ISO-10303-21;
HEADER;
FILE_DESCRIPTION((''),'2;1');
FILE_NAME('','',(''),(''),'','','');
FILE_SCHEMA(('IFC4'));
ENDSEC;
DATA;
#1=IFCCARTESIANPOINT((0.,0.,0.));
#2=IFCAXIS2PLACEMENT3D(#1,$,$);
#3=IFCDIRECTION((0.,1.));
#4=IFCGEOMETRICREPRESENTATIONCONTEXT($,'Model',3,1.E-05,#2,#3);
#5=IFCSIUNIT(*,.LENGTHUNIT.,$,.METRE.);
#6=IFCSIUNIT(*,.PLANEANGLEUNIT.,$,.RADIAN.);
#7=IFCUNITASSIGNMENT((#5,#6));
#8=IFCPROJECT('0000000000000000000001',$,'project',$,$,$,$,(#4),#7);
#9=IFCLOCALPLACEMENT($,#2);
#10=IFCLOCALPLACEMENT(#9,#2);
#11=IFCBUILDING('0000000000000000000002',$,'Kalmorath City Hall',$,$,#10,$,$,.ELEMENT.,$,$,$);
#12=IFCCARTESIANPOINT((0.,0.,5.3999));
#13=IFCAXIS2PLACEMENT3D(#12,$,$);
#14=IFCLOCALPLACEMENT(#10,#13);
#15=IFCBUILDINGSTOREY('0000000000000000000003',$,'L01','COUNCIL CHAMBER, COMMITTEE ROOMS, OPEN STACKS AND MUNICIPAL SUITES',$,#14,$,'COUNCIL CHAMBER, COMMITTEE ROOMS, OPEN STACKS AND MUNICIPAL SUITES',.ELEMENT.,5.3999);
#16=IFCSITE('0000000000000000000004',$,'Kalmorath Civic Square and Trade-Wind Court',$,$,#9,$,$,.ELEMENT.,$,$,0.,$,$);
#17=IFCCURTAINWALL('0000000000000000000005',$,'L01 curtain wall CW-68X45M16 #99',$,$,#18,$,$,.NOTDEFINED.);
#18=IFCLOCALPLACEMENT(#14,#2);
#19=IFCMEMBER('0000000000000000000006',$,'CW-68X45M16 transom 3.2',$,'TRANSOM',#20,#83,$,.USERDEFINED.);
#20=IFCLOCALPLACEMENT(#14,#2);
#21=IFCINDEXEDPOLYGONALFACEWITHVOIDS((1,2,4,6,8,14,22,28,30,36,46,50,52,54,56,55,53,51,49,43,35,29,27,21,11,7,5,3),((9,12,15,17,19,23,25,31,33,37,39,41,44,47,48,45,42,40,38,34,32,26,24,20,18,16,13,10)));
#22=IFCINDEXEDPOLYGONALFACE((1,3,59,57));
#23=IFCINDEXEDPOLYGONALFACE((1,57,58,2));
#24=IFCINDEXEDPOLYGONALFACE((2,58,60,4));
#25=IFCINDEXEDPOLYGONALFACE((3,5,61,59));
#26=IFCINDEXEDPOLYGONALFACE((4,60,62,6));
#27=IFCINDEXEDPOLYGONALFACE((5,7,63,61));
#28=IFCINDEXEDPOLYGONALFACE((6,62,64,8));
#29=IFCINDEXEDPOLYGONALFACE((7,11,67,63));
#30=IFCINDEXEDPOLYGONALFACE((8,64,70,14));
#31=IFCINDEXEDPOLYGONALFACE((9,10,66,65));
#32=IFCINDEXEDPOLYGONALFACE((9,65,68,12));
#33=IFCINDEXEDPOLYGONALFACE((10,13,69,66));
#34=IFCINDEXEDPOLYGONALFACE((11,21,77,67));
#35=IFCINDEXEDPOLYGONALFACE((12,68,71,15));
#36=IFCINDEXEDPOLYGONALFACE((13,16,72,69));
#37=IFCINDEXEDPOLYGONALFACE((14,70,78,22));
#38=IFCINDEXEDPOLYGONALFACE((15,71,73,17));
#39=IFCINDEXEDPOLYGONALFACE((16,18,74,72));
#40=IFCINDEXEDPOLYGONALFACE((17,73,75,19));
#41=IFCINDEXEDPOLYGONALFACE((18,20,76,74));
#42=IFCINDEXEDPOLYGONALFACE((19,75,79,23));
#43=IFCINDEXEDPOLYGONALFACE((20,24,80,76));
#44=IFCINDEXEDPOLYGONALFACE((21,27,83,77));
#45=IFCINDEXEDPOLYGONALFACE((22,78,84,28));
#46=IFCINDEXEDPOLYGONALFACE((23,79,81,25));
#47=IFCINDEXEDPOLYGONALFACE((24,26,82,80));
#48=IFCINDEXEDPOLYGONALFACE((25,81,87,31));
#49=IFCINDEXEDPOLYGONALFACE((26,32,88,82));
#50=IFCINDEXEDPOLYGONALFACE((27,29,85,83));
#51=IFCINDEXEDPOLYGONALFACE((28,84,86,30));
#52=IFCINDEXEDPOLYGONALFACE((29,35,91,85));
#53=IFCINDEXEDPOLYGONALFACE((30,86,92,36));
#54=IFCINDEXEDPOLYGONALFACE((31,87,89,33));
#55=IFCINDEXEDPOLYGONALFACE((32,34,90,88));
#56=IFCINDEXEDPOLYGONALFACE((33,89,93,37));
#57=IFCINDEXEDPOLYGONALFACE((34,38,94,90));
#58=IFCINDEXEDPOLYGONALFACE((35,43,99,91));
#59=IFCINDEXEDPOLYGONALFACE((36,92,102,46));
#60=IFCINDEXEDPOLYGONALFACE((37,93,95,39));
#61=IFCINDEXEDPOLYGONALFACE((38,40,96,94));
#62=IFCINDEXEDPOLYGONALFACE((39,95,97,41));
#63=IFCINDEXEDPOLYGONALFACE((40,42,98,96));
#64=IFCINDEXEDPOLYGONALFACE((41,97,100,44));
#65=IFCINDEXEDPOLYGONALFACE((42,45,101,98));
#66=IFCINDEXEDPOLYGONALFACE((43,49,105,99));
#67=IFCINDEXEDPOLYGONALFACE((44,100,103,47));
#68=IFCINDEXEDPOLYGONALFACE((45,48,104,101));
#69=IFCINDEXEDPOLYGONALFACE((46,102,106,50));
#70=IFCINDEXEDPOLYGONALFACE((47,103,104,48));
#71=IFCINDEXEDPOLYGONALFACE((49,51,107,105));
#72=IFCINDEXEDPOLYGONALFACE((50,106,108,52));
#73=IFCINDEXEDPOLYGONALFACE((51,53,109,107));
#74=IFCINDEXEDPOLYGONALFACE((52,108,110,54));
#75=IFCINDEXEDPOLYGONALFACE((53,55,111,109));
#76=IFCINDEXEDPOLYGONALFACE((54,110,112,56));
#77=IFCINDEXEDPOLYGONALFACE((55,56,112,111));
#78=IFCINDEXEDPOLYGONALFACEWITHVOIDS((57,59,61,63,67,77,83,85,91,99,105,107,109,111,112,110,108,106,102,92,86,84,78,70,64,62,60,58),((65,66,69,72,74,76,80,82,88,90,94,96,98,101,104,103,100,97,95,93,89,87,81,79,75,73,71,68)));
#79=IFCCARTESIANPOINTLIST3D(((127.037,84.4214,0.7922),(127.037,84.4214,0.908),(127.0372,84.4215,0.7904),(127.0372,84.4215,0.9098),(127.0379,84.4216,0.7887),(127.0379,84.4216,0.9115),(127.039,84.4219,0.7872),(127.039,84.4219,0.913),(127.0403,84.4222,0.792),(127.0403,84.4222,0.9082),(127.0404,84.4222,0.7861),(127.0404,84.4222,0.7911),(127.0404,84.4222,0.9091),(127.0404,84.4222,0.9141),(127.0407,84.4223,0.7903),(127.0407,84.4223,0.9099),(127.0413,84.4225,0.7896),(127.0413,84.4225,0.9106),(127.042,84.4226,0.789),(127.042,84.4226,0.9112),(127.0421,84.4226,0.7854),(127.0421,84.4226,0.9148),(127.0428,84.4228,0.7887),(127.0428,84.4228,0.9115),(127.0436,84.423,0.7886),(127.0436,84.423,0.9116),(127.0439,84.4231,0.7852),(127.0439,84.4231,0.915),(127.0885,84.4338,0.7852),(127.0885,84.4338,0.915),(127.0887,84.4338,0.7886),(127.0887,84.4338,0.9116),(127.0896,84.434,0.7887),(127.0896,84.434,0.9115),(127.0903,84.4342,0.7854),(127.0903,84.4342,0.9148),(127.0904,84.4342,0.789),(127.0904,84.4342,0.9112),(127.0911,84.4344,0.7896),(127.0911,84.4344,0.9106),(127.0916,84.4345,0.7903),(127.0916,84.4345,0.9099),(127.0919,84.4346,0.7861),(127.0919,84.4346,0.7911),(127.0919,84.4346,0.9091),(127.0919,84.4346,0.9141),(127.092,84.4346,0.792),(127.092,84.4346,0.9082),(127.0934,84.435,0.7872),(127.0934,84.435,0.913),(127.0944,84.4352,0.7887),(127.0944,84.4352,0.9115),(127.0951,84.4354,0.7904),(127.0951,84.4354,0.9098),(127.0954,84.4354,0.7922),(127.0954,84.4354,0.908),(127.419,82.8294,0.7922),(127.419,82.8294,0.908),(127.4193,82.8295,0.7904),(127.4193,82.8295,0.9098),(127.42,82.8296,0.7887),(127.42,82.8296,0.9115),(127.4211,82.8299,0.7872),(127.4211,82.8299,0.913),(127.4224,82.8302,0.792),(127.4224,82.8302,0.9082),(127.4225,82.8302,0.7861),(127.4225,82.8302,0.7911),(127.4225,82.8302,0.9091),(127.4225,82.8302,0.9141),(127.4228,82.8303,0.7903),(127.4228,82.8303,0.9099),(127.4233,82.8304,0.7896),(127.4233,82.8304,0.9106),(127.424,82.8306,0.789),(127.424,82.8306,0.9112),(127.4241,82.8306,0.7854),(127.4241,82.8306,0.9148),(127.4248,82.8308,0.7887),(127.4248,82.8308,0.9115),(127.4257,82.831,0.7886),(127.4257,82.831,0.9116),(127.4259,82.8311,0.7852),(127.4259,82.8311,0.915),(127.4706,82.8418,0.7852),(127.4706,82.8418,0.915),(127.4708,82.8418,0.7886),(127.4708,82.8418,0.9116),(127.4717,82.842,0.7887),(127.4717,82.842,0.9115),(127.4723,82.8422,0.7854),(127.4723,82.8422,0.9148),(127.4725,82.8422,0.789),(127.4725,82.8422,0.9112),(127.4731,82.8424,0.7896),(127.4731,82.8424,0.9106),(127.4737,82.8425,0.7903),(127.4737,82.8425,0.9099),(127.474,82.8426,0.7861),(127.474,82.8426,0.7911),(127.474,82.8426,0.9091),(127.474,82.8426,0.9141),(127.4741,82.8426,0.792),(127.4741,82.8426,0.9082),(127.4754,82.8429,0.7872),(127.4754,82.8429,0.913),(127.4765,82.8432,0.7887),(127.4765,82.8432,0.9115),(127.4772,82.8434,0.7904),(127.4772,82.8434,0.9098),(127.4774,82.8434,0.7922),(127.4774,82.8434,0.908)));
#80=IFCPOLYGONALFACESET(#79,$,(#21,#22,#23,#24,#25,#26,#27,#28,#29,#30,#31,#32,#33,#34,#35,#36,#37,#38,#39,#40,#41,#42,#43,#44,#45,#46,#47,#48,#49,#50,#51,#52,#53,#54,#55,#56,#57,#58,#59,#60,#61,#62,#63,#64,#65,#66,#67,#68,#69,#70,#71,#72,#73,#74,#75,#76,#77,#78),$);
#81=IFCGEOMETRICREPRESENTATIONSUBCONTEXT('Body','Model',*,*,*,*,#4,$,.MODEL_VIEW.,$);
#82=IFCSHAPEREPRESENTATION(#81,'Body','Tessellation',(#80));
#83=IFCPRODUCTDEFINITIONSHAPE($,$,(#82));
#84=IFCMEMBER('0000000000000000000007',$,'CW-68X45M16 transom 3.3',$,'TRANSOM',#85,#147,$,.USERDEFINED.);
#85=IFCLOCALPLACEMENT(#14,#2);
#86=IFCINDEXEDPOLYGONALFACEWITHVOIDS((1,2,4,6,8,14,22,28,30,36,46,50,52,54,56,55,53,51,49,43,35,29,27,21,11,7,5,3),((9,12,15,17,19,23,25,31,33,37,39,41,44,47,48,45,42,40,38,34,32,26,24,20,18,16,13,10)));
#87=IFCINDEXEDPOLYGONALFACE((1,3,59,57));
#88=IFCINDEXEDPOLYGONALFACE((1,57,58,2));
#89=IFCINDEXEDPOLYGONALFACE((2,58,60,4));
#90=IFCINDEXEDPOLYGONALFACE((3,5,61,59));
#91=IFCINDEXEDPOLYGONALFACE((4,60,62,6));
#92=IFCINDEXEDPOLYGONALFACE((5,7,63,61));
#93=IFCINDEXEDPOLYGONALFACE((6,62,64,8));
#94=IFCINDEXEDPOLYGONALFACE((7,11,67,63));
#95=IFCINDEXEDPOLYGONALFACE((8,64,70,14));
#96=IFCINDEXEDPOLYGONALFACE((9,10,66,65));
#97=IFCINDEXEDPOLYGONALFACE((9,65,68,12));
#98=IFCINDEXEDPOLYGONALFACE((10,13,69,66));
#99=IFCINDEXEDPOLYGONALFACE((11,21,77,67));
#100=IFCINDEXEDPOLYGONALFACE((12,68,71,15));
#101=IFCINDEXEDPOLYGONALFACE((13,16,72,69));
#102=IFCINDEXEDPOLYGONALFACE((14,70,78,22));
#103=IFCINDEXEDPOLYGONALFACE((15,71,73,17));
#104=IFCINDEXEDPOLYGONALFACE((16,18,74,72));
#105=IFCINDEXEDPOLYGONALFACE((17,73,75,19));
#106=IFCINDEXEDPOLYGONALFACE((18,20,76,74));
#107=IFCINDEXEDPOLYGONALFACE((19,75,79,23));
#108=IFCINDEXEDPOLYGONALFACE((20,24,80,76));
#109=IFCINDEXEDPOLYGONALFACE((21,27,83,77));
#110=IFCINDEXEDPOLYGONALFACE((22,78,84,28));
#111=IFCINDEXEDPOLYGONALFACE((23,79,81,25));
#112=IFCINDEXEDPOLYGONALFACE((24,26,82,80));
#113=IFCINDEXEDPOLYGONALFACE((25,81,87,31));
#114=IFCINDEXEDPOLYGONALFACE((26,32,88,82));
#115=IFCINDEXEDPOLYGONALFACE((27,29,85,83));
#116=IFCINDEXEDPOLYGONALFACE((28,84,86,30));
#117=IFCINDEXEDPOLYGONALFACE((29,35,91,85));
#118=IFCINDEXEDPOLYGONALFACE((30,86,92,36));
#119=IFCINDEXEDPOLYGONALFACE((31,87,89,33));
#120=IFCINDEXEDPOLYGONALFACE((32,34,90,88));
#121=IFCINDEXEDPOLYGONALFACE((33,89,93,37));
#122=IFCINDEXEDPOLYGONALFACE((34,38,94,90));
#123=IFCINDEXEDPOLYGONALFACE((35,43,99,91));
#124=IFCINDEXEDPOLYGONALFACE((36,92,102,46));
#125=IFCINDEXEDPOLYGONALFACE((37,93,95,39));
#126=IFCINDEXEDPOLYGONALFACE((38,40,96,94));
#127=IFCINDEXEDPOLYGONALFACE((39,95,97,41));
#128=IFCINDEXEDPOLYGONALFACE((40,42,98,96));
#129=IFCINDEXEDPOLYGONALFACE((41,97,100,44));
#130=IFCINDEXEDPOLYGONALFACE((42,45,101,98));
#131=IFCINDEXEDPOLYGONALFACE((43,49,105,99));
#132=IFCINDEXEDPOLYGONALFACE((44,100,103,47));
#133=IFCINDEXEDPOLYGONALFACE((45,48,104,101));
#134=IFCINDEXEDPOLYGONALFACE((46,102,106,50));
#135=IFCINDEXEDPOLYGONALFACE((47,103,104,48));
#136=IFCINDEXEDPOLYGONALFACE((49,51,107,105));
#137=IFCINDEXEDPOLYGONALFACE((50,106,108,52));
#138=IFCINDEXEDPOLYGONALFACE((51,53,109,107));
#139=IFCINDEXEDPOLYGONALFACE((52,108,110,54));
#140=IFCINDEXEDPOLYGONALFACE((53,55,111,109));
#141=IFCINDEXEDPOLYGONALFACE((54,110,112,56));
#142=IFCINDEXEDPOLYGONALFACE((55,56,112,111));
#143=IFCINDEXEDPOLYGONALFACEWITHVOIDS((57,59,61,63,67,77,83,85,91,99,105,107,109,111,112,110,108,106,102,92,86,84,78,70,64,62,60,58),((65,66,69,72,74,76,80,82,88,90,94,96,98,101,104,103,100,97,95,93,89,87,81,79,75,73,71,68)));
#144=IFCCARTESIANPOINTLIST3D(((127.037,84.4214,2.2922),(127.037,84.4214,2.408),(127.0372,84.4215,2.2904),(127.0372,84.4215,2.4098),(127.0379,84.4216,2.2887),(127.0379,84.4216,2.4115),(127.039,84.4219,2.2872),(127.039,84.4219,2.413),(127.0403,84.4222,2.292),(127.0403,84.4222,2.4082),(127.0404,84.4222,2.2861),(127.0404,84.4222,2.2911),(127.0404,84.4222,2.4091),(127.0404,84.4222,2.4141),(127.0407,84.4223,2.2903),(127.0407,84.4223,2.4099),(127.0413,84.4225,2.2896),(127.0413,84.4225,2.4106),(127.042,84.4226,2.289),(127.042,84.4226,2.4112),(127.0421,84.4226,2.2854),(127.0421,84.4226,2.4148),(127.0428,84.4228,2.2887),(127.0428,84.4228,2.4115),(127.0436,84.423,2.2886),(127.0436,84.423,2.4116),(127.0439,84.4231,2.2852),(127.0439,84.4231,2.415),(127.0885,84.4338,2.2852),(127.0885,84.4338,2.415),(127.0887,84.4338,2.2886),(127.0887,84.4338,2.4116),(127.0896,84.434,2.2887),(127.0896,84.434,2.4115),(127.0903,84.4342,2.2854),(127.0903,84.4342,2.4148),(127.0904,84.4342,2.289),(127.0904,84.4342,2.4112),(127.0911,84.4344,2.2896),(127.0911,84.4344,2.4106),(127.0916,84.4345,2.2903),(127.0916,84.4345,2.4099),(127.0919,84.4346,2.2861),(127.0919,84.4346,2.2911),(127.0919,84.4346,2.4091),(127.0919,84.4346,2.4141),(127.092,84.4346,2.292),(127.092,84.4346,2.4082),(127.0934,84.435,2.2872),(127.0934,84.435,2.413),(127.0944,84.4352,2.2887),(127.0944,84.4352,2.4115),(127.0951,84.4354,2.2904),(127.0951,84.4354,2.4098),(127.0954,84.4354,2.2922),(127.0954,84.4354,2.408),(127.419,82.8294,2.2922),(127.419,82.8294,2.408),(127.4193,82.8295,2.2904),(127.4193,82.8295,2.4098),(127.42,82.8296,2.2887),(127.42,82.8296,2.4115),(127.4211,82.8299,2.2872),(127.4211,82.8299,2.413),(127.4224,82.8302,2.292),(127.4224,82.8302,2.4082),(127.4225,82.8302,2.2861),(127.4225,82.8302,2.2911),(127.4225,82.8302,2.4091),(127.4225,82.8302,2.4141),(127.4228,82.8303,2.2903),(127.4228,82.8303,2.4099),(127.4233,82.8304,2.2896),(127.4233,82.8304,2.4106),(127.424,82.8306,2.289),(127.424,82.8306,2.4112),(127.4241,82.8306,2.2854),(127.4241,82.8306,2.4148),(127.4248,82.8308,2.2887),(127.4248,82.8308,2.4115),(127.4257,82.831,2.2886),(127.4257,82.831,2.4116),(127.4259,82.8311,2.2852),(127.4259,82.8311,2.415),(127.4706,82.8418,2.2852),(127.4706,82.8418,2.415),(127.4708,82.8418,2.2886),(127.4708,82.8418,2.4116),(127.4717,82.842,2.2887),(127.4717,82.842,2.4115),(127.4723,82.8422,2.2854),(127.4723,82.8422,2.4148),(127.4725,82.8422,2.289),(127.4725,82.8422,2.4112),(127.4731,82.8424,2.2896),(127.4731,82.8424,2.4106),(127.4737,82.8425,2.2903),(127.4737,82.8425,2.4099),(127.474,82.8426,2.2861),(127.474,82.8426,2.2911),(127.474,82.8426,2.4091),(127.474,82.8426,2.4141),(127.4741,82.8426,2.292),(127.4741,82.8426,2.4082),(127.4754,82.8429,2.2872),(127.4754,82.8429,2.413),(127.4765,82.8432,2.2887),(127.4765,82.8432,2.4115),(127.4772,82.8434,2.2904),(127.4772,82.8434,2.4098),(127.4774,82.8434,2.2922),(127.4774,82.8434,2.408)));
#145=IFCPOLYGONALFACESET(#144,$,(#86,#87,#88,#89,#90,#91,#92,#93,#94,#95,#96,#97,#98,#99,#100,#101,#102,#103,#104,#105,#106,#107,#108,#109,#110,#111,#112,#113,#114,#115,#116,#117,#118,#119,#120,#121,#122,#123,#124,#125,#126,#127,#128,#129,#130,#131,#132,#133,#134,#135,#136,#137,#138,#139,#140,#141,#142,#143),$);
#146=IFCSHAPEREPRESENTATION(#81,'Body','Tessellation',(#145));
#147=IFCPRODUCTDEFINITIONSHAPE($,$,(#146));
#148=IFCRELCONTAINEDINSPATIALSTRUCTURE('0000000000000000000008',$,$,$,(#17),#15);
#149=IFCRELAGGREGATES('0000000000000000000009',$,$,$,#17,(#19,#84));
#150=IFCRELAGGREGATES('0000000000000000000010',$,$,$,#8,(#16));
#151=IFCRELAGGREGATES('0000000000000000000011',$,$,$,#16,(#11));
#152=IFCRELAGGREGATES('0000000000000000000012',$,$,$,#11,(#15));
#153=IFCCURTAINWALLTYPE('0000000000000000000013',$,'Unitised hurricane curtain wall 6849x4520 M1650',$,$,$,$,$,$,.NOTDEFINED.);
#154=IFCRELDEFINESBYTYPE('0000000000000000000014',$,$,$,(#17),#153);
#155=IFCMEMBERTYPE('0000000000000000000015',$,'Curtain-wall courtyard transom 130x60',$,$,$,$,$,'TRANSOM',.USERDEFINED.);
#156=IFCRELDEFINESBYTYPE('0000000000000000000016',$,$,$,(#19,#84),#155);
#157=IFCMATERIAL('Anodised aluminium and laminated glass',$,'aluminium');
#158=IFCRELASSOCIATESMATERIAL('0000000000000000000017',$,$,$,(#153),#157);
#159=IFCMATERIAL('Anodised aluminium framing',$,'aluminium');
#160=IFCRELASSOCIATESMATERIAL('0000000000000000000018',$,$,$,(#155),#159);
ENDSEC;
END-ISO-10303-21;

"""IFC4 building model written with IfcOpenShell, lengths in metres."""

from ifc_helpers import new_model, si_unit, direction, frame, origin, origin_2d, place, context, subcontext, project, spatial, hollow_rectangle, extrude, material, material_profile, profile_set, type_object, element, aggregate, save


model = new_model("IFC4")

# Units and contexts
model_context = context("Model", 3, precision=1e-05, world=origin(), true_north=direction((0.0, 1.0)))
body_context = subcontext(model_context, "Body", "Model", "MODEL_VIEW")
ifc_project = project(units=[si_unit("LENGTHUNIT", "METRE"), si_unit("PLANEANGLEUNIT", "RADIAN")], contexts=[model_context])

# Site, building, storey
site_placement = place(None, origin())
site = spatial("IfcSite", under=ifc_project, at=site_placement, Name="Kalmorath Civic Square and Trade-Wind Court", CompositionType="ELEMENT", RefElevation=0.0)
building_placement = place(site_placement, origin())
building = spatial("IfcBuilding", under=site, at=building_placement, Name="Kalmorath City Hall", CompositionType="ELEMENT")
storey_placement = place(building_placement, frame((0.0, 0.0, 5.3999)))
storey = spatial("IfcBuildingStorey", under=building, at=storey_placement, Name="L01", Description="COUNCIL CHAMBER, COMMITTEE ROOMS, OPEN STACKS AND MUNICIPAL SUITES", LongName="COUNCIL CHAMBER, COMMITTEE ROOMS, OPEN STACKS AND MUNICIPAL SUITES", CompositionType="ELEMENT", Elevation=5.3999)

# Curtain wall, members
ifc_material_1 = material(Name="Anodised aluminium and laminated glass", Category="aluminium")
curtain_wall_type_1 = type_object("IfcCurtainWallType", Name="Unitised hurricane curtain wall 6849x4520 M1650", PredefinedType="NOTDEFINED", material=ifc_material_1)
curtain_wall_1_placement = place(storey_placement, origin())
curtain_wall_1 = element("IfcCurtainWall", 1, at=curtain_wall_1_placement, inside=storey, type_object=curtain_wall_type_1, Name="L01 curtain wall CW-68X45M16 #99", PredefinedType="NOTDEFINED")
ifc_material_2 = material(Name="Anodised aluminium framing", Category="aluminium")
ifc_material_profile_1 = material_profile(ifc_material_2, hollow_rectangle(XDim=0.0601, YDim=0.1299, WallThickness=0.0034, InnerFilletRadius=0.0034, OuterFilletRadius=0.0071, at=origin_2d()), Name="ALU-TRN-130X60X3.5")
ifc_profile_set_1 = profile_set([ifc_material_profile_1], Name="Anodised aluminium framing")
member_type_1 = type_object("IfcMemberType", Name="Curtain-wall courtyard transom 130x60", ElementType="TRANSOM", PredefinedType="USERDEFINED", material=ifc_profile_set_1)
member_1_placement = place(storey_placement, frame((127.4482, 82.8364, 0.8501), z_axis=(-0.233367, 0.972389, 0.0), x_axis=(-0.972389, -0.233367, 0.0)))
member_1 = element("IfcMember", 2, at=member_1_placement, type_object=member_type_1, Name="CW-68X45M16 transom 3.2", ObjectType="TRANSOM", PredefinedType="USERDEFINED", context=body_context, shape_type="SweptSolid", body=[
    extrude(hollow_rectangle(XDim=0.0601, YDim=0.1299, WallThickness=0.0034, InnerFilletRadius=0.0034, OuterFilletRadius=0.0071, at=origin_2d()), origin(), (0.0, 0.0, 1.0), 1.6372),
])
member_2_placement = place(storey_placement, frame((127.4482, 82.8364, 2.3501), z_axis=(-0.233367, 0.972389, 0.0), x_axis=(-0.972389, -0.233367, 0.0)))
member_2 = element("IfcMember", 3, at=member_2_placement, type_object=member_type_1, Name="CW-68X45M16 transom 3.3", ObjectType="TRANSOM", PredefinedType="USERDEFINED", context=body_context, shape_type="SweptSolid", body=[
    extrude(hollow_rectangle(XDim=0.0601, YDim=0.1299, WallThickness=0.0034, InnerFilletRadius=0.0034, OuterFilletRadius=0.0071, at=origin_2d()), origin(), (0.0, 0.0, 1.0), 1.6372),
])

aggregate(curtain_wall_1, [member_1, member_2])

save(model, "model.ifc")
